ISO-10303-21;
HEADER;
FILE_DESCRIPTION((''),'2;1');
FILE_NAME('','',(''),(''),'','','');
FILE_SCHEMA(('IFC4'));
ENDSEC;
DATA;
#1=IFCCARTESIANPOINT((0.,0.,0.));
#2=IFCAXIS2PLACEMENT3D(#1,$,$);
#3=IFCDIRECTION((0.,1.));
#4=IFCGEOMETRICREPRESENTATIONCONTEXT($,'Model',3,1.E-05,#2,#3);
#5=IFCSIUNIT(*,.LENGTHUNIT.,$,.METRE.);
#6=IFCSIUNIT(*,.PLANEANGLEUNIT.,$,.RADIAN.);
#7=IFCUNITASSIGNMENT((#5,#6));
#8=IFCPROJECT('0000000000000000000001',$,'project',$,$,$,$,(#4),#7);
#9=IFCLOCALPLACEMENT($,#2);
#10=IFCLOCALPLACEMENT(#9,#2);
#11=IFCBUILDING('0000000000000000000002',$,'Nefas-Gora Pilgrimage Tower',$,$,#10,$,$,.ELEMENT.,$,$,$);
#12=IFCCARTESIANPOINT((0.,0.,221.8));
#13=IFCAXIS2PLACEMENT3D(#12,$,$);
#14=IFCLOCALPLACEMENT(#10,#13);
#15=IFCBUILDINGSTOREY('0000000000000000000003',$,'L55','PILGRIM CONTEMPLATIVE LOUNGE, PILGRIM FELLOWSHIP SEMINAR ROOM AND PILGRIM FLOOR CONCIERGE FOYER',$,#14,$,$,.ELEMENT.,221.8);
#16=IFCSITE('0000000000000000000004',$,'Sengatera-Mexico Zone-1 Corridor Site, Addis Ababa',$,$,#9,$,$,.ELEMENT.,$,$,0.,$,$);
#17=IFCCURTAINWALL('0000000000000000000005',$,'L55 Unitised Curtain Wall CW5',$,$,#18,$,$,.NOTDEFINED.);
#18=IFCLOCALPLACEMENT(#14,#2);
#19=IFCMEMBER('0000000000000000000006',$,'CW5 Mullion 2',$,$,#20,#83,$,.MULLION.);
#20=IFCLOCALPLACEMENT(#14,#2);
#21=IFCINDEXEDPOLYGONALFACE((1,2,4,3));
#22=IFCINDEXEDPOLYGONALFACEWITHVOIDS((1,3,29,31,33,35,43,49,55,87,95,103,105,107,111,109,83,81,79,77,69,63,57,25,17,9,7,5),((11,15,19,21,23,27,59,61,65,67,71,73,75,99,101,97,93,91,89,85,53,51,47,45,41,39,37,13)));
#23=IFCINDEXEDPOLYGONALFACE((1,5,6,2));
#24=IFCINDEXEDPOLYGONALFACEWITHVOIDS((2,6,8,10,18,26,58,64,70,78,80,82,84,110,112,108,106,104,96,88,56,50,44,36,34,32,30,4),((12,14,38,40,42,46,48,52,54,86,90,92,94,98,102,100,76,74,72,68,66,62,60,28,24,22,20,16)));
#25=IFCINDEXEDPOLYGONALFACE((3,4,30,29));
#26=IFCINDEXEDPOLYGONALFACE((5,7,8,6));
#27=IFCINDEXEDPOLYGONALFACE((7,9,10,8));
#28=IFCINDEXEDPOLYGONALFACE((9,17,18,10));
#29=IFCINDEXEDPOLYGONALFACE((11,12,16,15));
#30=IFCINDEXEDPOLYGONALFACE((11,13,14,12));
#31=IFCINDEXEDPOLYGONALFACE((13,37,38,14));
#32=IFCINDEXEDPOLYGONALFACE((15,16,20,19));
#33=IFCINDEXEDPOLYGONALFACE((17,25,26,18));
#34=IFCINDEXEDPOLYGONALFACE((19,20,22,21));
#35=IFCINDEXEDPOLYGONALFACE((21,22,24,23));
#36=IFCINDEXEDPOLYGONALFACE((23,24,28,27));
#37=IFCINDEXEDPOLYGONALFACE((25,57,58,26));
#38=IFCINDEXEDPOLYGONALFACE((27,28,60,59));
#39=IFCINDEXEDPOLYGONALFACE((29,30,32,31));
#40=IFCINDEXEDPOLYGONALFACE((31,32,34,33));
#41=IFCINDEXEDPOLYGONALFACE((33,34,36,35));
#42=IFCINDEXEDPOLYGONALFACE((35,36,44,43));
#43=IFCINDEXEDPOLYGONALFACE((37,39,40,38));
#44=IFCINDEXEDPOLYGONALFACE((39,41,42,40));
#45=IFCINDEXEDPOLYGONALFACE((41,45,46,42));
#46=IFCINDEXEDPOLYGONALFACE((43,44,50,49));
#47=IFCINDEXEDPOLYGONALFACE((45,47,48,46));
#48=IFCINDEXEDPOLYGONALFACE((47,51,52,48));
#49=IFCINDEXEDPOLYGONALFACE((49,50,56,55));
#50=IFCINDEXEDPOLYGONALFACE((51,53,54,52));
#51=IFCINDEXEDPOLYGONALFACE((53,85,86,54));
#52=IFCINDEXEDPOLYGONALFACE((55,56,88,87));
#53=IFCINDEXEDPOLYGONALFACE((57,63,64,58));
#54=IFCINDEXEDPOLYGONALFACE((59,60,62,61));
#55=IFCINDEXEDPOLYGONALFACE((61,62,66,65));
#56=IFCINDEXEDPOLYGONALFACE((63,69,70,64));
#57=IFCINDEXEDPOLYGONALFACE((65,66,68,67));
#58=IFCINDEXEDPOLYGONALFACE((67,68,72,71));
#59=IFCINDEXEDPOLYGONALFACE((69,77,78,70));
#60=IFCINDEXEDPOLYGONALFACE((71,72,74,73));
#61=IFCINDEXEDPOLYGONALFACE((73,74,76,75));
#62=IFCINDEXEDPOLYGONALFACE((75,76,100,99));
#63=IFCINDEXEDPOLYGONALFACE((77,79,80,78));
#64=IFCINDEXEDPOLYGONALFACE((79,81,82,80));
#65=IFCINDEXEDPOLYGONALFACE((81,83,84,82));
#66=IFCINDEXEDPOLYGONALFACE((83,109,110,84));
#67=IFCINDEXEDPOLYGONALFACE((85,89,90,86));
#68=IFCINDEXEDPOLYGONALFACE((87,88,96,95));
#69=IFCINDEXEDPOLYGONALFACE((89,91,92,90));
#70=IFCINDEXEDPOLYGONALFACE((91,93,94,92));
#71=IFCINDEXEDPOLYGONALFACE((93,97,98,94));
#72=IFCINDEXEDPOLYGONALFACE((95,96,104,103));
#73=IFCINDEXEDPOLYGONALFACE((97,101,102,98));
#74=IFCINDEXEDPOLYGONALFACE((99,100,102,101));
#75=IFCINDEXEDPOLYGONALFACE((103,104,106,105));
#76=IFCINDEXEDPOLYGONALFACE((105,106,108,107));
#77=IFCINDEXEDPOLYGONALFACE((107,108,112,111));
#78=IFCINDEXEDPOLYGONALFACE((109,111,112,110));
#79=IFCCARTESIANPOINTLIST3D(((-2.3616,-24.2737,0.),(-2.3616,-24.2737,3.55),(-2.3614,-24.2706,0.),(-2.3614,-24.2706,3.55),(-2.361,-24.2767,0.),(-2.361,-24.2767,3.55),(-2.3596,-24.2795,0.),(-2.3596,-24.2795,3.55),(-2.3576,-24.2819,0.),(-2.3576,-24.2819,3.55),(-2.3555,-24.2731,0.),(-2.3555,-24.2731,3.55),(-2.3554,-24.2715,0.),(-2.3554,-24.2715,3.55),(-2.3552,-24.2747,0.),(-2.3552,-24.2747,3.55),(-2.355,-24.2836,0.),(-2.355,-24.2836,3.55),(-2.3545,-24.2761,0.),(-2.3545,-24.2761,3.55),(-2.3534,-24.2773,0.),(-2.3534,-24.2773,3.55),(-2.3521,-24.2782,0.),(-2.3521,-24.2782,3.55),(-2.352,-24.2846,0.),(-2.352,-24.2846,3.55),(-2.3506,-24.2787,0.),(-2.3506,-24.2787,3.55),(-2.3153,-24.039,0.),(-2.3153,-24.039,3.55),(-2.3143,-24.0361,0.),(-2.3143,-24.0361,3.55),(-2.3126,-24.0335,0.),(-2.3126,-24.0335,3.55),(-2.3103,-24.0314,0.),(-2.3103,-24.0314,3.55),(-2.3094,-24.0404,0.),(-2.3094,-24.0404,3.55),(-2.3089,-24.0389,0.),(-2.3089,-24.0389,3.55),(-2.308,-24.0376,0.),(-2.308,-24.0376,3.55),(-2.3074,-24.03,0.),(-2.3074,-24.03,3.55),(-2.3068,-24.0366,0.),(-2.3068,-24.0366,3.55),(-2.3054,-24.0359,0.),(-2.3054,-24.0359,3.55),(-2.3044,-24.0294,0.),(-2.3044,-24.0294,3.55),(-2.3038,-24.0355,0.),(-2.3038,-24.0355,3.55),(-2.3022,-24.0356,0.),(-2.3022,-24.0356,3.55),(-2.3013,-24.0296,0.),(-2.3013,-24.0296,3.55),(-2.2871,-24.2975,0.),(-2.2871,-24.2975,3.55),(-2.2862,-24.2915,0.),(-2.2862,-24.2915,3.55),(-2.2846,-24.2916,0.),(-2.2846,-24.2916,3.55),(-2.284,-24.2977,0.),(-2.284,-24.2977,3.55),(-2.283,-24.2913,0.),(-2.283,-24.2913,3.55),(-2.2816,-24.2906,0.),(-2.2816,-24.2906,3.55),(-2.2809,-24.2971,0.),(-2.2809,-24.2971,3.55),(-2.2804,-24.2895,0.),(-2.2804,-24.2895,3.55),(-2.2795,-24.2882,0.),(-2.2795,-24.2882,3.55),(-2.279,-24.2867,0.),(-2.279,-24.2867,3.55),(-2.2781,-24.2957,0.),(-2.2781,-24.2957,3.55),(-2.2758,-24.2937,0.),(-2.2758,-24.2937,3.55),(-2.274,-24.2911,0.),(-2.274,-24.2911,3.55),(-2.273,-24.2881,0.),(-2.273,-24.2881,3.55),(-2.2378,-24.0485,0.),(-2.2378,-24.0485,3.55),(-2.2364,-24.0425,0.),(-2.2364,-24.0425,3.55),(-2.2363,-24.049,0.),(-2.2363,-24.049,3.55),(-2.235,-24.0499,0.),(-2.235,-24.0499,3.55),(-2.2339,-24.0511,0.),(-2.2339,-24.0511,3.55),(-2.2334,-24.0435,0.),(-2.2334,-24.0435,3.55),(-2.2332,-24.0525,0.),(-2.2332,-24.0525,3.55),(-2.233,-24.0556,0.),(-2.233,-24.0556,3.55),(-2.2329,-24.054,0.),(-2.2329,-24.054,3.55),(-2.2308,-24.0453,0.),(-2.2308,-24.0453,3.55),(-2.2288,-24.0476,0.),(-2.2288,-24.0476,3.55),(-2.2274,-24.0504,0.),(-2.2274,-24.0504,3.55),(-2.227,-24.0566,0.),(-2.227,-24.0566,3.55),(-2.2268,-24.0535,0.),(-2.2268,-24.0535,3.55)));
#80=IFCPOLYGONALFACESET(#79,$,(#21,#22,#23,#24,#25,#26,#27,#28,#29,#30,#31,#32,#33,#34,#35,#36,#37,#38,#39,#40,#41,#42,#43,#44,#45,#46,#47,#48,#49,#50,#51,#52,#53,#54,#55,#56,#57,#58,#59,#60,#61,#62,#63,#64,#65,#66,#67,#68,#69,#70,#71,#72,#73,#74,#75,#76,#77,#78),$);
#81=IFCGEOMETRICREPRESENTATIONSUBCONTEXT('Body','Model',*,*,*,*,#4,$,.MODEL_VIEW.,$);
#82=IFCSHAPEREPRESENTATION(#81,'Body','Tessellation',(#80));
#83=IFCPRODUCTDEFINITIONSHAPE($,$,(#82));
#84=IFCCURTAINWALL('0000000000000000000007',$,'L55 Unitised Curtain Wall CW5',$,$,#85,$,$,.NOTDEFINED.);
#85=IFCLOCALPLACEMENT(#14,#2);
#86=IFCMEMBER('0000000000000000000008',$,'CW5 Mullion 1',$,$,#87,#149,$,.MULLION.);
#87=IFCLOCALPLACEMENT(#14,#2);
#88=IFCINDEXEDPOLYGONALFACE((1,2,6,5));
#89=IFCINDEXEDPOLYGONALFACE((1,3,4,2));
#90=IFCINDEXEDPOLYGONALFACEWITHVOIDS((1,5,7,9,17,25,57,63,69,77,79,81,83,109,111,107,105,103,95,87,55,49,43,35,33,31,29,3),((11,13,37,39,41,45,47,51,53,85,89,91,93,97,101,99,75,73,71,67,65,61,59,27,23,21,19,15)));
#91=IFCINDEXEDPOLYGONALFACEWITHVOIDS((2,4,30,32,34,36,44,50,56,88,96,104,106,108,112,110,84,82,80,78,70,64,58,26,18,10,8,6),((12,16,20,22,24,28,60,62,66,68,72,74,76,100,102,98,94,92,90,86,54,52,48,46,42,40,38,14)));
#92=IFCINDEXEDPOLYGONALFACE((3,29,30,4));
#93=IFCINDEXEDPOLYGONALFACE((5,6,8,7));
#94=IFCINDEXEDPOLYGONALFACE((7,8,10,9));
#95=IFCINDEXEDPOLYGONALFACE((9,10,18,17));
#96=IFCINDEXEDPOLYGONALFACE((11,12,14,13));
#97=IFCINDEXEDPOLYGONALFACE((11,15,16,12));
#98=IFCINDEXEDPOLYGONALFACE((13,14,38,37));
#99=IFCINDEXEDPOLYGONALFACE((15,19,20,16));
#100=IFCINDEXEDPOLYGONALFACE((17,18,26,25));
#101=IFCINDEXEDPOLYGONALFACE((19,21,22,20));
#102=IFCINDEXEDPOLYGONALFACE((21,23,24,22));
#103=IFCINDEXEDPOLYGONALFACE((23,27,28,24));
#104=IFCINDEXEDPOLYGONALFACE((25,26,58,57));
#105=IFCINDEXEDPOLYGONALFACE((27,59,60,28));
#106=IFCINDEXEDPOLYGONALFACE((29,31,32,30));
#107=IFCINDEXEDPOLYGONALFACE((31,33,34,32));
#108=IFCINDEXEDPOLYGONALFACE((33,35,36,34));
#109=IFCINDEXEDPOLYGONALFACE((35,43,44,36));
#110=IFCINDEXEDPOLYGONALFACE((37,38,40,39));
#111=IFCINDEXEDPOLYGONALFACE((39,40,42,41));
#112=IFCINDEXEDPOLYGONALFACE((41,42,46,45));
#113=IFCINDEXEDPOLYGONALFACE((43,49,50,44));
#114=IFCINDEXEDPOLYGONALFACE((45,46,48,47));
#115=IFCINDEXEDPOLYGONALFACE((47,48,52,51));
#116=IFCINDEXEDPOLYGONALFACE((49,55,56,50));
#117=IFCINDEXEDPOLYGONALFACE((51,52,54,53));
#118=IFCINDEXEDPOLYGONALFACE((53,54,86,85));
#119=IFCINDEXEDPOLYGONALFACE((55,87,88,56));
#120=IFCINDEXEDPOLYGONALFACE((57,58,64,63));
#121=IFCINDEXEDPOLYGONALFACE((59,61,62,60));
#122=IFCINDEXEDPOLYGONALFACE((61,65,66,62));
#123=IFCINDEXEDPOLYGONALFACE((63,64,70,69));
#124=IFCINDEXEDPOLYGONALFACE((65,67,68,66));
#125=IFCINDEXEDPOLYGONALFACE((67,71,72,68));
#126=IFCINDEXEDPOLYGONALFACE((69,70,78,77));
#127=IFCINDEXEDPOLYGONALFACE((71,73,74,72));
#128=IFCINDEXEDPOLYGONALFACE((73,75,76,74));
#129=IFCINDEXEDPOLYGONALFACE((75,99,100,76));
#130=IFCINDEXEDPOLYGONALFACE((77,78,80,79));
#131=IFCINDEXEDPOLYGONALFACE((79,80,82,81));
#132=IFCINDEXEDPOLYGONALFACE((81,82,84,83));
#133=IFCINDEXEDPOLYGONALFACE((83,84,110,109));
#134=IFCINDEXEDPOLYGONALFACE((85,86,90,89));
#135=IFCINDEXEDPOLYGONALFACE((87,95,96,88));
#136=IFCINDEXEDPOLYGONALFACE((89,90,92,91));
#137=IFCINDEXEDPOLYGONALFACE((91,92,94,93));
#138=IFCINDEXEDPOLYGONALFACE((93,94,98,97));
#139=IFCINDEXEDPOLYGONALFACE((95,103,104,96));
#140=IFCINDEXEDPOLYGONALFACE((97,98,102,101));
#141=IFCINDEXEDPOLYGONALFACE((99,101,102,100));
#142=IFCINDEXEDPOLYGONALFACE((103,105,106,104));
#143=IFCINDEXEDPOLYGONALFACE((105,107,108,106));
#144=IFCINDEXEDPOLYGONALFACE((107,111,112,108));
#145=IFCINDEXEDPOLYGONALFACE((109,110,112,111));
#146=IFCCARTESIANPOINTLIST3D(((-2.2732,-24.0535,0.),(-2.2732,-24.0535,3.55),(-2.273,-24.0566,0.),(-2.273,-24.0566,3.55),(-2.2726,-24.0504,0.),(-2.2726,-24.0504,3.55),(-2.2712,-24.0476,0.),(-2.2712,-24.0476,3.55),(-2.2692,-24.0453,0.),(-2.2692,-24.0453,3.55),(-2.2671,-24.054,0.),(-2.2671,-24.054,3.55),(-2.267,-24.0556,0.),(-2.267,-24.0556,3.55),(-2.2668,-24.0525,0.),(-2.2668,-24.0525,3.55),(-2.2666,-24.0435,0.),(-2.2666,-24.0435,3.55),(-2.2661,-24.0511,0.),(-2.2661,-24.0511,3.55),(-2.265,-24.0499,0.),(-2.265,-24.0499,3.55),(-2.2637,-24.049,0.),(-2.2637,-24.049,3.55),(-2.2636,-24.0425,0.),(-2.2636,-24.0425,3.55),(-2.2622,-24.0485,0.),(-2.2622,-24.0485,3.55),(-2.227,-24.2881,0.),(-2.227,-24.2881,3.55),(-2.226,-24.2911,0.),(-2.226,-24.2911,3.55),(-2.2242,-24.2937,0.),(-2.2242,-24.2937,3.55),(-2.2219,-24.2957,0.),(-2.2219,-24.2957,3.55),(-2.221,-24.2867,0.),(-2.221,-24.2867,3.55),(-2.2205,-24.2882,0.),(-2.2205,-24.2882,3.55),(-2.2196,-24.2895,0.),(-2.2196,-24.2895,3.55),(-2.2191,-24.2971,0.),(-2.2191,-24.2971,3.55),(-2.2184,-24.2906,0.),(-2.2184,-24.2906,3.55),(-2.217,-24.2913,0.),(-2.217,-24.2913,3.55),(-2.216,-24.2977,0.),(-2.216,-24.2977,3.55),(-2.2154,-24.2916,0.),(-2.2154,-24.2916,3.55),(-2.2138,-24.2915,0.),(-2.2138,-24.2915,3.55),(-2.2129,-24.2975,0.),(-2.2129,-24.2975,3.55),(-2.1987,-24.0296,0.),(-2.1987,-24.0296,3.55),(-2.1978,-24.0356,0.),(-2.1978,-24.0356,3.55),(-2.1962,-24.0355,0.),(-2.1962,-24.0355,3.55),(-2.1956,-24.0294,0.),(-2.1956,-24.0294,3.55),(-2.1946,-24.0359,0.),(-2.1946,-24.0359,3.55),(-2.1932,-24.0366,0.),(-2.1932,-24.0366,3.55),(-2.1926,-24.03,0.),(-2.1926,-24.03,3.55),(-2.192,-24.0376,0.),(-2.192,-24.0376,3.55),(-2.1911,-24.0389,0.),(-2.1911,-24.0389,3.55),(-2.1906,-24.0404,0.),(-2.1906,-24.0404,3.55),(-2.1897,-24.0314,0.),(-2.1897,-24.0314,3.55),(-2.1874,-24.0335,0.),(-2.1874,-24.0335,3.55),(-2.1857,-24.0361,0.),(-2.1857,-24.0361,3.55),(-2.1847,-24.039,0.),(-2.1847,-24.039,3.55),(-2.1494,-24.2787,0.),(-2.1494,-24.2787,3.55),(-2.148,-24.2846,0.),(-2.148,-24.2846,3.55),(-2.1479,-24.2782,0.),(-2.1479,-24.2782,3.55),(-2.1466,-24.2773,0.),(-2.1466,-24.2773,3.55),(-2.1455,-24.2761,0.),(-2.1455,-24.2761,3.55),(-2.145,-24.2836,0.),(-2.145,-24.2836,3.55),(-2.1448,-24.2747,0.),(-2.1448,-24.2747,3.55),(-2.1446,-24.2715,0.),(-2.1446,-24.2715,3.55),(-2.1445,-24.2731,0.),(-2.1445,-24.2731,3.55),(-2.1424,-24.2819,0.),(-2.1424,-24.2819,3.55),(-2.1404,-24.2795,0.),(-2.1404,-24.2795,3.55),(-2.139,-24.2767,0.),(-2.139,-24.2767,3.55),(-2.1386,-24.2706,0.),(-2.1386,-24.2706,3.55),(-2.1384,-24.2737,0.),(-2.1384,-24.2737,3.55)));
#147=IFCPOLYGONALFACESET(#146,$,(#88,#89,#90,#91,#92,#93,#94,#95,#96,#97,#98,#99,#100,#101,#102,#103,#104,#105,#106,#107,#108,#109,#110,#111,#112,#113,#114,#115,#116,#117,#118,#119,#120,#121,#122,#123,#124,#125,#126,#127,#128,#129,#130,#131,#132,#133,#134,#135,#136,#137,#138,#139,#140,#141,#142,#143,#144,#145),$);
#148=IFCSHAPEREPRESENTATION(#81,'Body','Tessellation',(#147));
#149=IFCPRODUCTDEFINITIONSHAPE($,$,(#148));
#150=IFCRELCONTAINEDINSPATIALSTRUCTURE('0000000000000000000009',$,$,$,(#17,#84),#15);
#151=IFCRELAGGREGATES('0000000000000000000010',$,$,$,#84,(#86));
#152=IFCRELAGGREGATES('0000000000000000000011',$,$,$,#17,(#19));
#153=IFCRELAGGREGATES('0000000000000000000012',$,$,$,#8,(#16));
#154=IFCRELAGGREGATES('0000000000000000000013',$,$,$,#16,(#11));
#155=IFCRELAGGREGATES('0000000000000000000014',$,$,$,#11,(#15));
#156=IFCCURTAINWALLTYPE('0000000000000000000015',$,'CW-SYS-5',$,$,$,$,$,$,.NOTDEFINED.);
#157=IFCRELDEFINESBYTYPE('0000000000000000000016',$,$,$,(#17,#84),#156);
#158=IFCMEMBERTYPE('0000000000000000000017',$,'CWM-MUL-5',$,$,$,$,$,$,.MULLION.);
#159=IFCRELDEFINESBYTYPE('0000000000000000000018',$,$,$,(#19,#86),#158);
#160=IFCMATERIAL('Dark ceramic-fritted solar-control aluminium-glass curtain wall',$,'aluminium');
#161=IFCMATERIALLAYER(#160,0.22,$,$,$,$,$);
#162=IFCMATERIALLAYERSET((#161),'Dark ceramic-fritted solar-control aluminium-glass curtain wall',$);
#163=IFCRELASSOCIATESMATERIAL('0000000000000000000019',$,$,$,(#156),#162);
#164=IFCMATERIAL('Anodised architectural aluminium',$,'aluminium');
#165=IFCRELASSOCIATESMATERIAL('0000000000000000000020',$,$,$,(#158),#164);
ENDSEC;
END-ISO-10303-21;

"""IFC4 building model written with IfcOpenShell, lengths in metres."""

from ifc_helpers import new_model, si_unit, direction, frame, origin, origin_2d, place, context, subcontext, project, spatial, hollow_rectangle, extrude, source, transform, mapped, material, layer, layer_set, material_profile, profile_set, type_object, element, aggregate, save


model = new_model("IFC4")

# Units and contexts
model_context = context("Model", 3, precision=1e-05, world=origin(), true_north=direction((0.0, 1.0)))
body_context = subcontext(model_context, "Body", "Model", "MODEL_VIEW")
ifc_project = project(units=[si_unit("LENGTHUNIT", "METRE"), si_unit("PLANEANGLEUNIT", "RADIAN")], contexts=[model_context])

# Site, building, storey
site_placement = place(None, origin())
site = spatial("IfcSite", under=ifc_project, at=site_placement, Name="Sengatera-Mexico Zone-1 Corridor Site, Addis Ababa", CompositionType="ELEMENT", RefElevation=0.0)
building_placement = place(site_placement, origin())
building = spatial("IfcBuilding", under=site, at=building_placement, Name="Nefas-Gora Pilgrimage Tower", CompositionType="ELEMENT")
storey_placement = place(building_placement, frame((0.0, 0.0, 221.8)))
storey = spatial("IfcBuildingStorey", under=building, at=storey_placement, Name="L55", Description="PILGRIM CONTEMPLATIVE LOUNGE, PILGRIM FELLOWSHIP SEMINAR ROOM AND PILGRIM FLOOR CONCIERGE FOYER", CompositionType="ELEMENT", Elevation=221.8)

# Shared definitions
ifc_material_1 = material(Name="Dark ceramic-fritted solar-control aluminium-glass curtain wall", Category="aluminium")
ifc_layer_1 = layer(ifc_material_1, 0.22)
ifc_layer_set_1 = layer_set([ifc_layer_1], Name="Dark ceramic-fritted solar-control aluminium-glass curtain wall")
curtain_wall_type = type_object("IfcCurtainWallType", Name="CW-SYS-5", PredefinedType="NOTDEFINED", material=ifc_layer_set_1)
ifc_material_2 = material(Name="Anodised architectural aluminium", Category="aluminium")
ifc_material_profile_1 = material_profile(ifc_material_2, hollow_rectangle(XDim=0.0901, YDim=0.26, WallThickness=0.0061, InnerFilletRadius=0.0061, OuterFilletRadius=0.012, at=origin_2d()), Name="ALU MULLION 90x260")
ifc_profile_set_1 = profile_set([ifc_material_profile_1], Name="Anodised architectural aluminium")
member_type_1 = type_object("IfcMemberType", Name="CWM-MUL-5", PredefinedType="MULLION", material=ifc_profile_set_1)
shared_shape_1 = source(origin(), body_context, "Body", "SweptSolid", [
    extrude(hollow_rectangle(XDim=0.0901, YDim=0.26, WallThickness=0.0061, InnerFilletRadius=0.0061, OuterFilletRadius=0.012, at=origin_2d()), origin(), (0.0, 0.0, 1.0), 3.55),
])

# Curtain wall, member
curtain_wall_1_placement = place(storey_placement, origin())
curtain_wall_1 = element("IfcCurtainWall", 1, at=curtain_wall_1_placement, inside=storey, type_object=curtain_wall_type, Name="L55 Unitised Curtain Wall CW5", PredefinedType="NOTDEFINED")
member_1_placement = place(storey_placement, frame((-2.2942, -24.1636, 0.0), z_axis=(0.0, 0.0, 1.0), x_axis=(0.980783, -0.195102, 0.0)))
member_1 = element("IfcMember", 2, at=member_1_placement, type_object=member_type_1, Name="CW5 Mullion 2", PredefinedType="MULLION", context=body_context, shape_type="MappedRepresentation", body=[
    mapped(shared_shape_1, transform((0.0, 0.0, 0.0), x_axis=(1.0, 0.0, 0.0), y_axis=(0.0, 1.0, 0.0), z_axis=(0.0, 0.0, 1.0), scale=1.0)),
])

# Curtain wall, member
curtain_wall_2_placement = place(storey_placement, origin())
curtain_wall_2 = element("IfcCurtainWall", 3, at=curtain_wall_2_placement, inside=storey, type_object=curtain_wall_type, Name="L55 Unitised Curtain Wall CW5", PredefinedType="NOTDEFINED")
member_2_placement = place(storey_placement, frame((-2.2058, -24.1636, 0.0), z_axis=(0.0, 0.0, 1.0), x_axis=(0.980783, 0.195102, 0.0)))
member_2 = element("IfcMember", 4, at=member_2_placement, type_object=member_type_1, Name="CW5 Mullion 1", PredefinedType="MULLION", context=body_context, shape_type="MappedRepresentation", body=[
    mapped(shared_shape_1, transform((0.0, 0.0, 0.0), x_axis=(1.0, 0.0, 0.0), y_axis=(0.0, 1.0, 0.0), z_axis=(0.0, 0.0, 1.0), scale=1.0)),
])

aggregate(curtain_wall_2, [member_2])

aggregate(curtain_wall_1, [member_1])

save(model, "model.ifc")
